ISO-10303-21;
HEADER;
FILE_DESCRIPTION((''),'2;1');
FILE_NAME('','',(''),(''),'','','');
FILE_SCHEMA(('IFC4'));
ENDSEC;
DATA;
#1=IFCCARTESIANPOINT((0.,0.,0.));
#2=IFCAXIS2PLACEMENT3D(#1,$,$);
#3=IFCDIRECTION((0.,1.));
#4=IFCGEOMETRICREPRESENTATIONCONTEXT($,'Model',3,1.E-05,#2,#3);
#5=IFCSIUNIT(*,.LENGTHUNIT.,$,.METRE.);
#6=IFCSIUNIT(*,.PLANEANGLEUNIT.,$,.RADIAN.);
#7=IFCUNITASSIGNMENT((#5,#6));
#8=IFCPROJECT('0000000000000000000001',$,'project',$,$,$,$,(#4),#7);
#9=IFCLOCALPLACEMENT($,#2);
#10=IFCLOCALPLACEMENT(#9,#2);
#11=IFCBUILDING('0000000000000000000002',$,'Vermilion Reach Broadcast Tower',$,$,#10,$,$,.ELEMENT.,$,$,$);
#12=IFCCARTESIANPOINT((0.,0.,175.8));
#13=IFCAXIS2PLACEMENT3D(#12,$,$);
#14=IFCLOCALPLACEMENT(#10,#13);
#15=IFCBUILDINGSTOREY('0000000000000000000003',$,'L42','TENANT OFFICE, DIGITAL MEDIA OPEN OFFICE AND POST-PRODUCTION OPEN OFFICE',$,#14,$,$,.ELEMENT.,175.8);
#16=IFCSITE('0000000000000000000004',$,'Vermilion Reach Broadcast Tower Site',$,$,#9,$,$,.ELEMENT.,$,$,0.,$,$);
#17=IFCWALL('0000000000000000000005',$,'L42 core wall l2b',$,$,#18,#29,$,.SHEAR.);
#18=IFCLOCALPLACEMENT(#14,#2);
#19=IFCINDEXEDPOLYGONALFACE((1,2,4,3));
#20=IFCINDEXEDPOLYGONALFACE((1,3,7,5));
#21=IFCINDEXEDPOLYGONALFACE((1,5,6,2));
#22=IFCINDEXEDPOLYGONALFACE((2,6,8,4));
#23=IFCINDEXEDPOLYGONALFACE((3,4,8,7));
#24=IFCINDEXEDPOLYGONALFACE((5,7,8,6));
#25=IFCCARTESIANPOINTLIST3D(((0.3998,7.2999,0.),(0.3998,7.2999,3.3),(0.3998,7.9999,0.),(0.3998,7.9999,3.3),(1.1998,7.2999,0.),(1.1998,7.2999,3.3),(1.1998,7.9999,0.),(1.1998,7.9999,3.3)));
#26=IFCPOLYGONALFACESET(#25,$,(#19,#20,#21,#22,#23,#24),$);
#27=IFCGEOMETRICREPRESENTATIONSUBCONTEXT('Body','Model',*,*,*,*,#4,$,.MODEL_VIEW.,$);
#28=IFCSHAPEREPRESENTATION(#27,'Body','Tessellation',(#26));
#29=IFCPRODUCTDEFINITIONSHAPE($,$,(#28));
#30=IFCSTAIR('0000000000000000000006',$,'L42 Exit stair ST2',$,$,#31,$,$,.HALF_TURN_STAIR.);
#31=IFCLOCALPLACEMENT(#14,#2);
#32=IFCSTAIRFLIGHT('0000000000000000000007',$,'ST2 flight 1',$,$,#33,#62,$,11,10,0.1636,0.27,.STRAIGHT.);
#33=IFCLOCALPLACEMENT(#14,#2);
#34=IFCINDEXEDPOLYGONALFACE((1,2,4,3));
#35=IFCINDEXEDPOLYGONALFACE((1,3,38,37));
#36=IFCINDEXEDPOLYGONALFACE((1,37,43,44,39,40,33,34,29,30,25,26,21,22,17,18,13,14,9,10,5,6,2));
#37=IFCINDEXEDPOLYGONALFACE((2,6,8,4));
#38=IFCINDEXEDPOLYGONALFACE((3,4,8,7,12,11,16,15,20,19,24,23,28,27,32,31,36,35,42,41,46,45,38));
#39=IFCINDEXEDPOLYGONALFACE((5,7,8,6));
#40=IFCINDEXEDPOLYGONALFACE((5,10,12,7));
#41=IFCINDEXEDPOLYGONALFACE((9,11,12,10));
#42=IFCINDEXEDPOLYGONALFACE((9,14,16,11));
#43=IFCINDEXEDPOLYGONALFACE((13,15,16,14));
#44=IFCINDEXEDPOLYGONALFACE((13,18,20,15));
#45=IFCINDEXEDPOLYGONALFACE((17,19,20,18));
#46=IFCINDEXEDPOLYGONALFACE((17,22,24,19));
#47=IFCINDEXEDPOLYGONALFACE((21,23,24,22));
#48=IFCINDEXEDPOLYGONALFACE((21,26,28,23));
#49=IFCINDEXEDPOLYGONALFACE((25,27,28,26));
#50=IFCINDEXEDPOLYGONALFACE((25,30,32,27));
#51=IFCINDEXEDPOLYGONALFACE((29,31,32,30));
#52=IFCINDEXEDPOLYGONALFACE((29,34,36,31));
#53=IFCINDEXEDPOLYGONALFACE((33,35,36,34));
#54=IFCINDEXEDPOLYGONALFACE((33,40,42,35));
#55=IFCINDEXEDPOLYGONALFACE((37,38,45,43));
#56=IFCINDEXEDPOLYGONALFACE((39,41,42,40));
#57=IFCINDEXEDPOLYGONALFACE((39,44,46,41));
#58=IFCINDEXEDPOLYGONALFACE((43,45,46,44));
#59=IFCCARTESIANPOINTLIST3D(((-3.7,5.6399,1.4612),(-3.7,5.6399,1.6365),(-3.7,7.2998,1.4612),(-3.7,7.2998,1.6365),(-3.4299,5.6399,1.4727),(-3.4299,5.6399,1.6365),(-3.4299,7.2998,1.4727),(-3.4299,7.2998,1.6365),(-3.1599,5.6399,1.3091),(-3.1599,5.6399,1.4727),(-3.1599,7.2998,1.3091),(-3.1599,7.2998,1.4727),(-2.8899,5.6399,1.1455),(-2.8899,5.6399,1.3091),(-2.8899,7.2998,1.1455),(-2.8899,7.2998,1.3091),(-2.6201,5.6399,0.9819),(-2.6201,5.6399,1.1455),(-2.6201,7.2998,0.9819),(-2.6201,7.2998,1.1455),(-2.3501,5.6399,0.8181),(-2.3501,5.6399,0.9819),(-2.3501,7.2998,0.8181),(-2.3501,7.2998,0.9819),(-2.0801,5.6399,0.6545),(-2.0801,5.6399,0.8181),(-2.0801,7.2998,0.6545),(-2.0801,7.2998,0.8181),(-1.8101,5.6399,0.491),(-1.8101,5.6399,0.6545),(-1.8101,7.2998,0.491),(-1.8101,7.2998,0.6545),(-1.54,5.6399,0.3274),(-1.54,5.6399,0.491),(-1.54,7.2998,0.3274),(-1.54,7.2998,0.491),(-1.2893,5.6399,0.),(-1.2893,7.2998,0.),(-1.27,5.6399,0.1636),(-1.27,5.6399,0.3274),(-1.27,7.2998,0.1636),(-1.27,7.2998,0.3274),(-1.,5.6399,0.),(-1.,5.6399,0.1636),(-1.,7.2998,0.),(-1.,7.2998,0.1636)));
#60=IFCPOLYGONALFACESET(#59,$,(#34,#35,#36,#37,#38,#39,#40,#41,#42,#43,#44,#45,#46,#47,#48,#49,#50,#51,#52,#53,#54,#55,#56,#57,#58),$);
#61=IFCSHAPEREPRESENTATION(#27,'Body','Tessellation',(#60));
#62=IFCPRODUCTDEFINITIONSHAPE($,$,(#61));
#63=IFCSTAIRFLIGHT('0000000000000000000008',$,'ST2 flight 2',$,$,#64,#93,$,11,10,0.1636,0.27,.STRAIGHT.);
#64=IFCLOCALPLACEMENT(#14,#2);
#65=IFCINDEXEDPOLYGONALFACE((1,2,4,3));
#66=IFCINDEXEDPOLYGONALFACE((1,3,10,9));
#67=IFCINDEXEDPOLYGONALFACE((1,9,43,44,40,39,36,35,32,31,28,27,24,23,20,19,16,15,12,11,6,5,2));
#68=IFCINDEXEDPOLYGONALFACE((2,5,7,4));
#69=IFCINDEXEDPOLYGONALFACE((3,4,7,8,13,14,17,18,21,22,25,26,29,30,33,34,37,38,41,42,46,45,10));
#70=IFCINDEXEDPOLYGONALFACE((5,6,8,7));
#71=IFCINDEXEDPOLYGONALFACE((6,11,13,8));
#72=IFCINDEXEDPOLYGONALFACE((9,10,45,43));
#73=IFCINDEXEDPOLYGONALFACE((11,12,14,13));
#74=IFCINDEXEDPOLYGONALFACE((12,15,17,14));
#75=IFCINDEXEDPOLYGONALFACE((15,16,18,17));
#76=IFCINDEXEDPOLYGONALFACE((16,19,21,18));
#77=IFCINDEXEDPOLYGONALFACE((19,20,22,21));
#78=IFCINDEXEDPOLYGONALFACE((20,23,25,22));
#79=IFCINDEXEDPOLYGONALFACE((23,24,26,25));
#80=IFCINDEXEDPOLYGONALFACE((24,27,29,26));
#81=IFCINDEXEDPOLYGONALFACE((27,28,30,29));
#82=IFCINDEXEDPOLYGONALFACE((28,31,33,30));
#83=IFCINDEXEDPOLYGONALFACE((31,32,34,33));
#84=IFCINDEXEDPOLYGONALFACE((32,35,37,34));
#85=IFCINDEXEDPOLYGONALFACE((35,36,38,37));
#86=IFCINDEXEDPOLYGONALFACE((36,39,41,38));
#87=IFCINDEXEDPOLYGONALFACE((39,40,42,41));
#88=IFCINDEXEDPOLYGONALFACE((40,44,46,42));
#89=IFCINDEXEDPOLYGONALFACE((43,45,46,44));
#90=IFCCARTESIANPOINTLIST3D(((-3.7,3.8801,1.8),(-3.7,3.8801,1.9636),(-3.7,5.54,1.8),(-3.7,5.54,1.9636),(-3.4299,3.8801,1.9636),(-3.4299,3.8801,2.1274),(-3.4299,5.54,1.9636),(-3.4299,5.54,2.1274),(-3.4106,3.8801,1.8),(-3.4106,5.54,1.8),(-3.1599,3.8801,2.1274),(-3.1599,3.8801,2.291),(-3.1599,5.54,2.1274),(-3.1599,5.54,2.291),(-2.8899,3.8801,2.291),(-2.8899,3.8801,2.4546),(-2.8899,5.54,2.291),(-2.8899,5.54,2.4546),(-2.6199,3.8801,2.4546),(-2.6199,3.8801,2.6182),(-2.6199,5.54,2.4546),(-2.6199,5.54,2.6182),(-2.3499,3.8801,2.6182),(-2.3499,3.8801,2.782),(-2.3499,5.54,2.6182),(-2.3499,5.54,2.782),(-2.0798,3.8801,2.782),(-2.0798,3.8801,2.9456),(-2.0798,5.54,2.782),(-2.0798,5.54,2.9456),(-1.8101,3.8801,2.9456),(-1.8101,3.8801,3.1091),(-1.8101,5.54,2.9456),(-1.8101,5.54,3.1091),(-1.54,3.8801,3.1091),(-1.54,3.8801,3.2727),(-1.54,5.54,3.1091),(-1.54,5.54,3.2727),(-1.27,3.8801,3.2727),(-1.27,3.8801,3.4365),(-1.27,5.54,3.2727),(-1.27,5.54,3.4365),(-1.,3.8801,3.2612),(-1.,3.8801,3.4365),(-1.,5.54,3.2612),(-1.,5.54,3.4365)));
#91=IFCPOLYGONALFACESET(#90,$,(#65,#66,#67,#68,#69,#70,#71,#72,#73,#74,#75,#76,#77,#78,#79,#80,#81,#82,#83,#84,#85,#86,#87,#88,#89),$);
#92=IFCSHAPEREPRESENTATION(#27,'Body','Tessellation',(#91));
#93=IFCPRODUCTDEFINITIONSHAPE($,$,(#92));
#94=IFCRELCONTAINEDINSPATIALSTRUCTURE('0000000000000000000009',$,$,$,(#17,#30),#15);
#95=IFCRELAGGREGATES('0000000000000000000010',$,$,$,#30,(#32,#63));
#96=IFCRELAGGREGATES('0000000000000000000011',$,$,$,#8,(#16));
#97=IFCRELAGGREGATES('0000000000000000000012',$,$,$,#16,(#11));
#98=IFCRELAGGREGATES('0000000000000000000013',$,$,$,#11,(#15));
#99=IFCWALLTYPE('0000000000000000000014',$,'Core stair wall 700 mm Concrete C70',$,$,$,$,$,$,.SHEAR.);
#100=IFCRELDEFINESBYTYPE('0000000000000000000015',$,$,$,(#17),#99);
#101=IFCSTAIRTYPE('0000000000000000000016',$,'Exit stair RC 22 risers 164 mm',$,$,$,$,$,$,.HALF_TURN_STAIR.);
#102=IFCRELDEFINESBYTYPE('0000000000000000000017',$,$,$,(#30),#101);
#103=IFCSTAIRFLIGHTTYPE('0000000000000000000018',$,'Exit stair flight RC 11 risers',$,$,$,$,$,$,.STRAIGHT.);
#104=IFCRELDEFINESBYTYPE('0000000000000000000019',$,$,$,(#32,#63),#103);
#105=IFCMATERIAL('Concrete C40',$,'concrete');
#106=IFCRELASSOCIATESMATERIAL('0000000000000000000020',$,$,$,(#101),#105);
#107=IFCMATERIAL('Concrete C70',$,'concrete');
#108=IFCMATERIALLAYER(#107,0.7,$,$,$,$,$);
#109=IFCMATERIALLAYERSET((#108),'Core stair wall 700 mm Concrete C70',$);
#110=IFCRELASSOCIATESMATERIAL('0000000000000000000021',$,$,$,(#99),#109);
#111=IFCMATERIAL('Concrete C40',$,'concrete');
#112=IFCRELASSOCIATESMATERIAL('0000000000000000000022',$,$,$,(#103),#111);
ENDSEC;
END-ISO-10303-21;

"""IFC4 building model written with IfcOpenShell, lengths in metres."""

from ifc_helpers import new_model, si_unit, direction, frame, frame_2d, origin, place, context, subcontext, project, spatial, polyline, rectangle, outline, extrude, material, layer, layer_set, type_object, element, aggregate, save


model = new_model("IFC4")

# Units and contexts
model_context = context("Model", 3, precision=1e-05, world=origin(), true_north=direction((0.0, 1.0)))
body_context = subcontext(model_context, "Body", "Model", "MODEL_VIEW")
ifc_project = project(units=[si_unit("LENGTHUNIT", "METRE"), si_unit("PLANEANGLEUNIT", "RADIAN")], contexts=[model_context])

# Site, building, storey
site_placement = place(None, origin())
site = spatial("IfcSite", under=ifc_project, at=site_placement, Name="Vermilion Reach Broadcast Tower Site", CompositionType="ELEMENT", RefElevation=0.0)
building_placement = place(site_placement, origin())
building = spatial("IfcBuilding", under=site, at=building_placement, Name="Vermilion Reach Broadcast Tower", CompositionType="ELEMENT")
storey_placement = place(building_placement, frame((0.0, 0.0, 175.8)))
storey = spatial("IfcBuildingStorey", under=building, at=storey_placement, Name="L42", Description="TENANT OFFICE, DIGITAL MEDIA OPEN OFFICE AND POST-PRODUCTION OPEN OFFICE", CompositionType="ELEMENT", Elevation=175.8)

# Shared definitions
ifc_material_1 = material(Name="Concrete C40", Category="concrete")
stair_type = type_object("IfcStairType", Name="Exit stair RC 22 risers 164 mm", PredefinedType="HALF_TURN_STAIR", material=ifc_material_1)
placement = place(storey_placement, origin())

# Wall
ifc_material_2 = material(Name="Concrete C70", Category="concrete")
ifc_layer_1 = layer(ifc_material_2, 0.7)
ifc_layer_set_1 = layer_set([ifc_layer_1], Name="Core stair wall 700 mm Concrete C70")
wall_type_1 = type_object("IfcWallType", Name="Core stair wall 700 mm Concrete C70", PredefinedType="SHEAR", material=ifc_layer_set_1)
wall_1_placement = place(storey_placement, frame((0.3999, 7.6499, 0.0), z_axis=(0.0, 0.0, 1.0), x_axis=(1.0, 0.0, 0.0)))
element("IfcWall", 1, at=wall_1_placement, inside=storey, type_object=wall_type_1, Name="L42 core wall l2b", PredefinedType="SHEAR", context=body_context, shape_type="SweptSolid", body=[
    extrude(rectangle(XDim=0.8, YDim=0.7, at=frame_2d((0.3999, 0.0))), origin(), (0.0, 0.0, 1.0), 3.3),
])

# Stair, stair flights
stair_1 = element("IfcStair", 2, at=placement, inside=storey, type_object=stair_type, Name="L42 Exit stair ST2", PredefinedType="HALF_TURN_STAIR")
ifc_material_3 = material(Name="Concrete C40", Category="concrete")
stair_flight_type = type_object("IfcStairFlightType", Name="Exit stair flight RC 11 risers", PredefinedType="STRAIGHT", material=ifc_material_3)
stair_flight_1_placement = place(storey_placement, frame((-1.0, 6.47, 0.0), z_axis=(0.0, 0.0, 1.0), x_axis=(-1.0, 0.0, 0.0)))
stair_flight_1 = element("IfcStairFlight", 3, at=stair_flight_1_placement, type_object=stair_flight_type, Name="ST2 flight 1", NumberOfRisers=11, NumberOfTreads=10, PredefinedType="STRAIGHT", RiserHeight=0.1636, TreadLength=0.27, context=body_context, shape_type="SweptSolid", body=[
    extrude(outline(polyline([(0.0, 0.0), (0.0, 0.1636), (0.27, 0.1636), (0.27, 0.3274), (0.54, 0.3274), (0.54, 0.491), (0.8101, 0.491), (0.8101, 0.6545), (1.0801, 0.6545), (1.0801, 0.8181), (1.3501, 0.8181), (1.3501, 0.9819), (1.6201, 0.9819), (1.6201, 1.1455), (1.8899, 1.1455), (1.8899, 1.3091), (2.1599, 1.3091), (2.1599, 1.4727), (2.4299, 1.4727), (2.4299, 1.6365), (2.7, 1.6365), (2.7, 1.8), (2.7, 1.4612), (0.2893, 0.0), (0.0, 0.0)])), frame((0.0, 0.8301, 0.0), z_axis=(0.0, -1.0, 0.0), x_axis=(1.0, 0.0, 0.0)), (0.0, 0.0, 1.0), 1.6599),
])
stair_flight_2_placement = place(storey_placement, frame((-3.7, 4.71, 1.8), z_axis=(0.0, 0.0, 1.0), x_axis=(1.0, 0.0, 0.0)))
stair_flight_2 = element("IfcStairFlight", 4, at=stair_flight_2_placement, type_object=stair_flight_type, Name="ST2 flight 2", NumberOfRisers=11, NumberOfTreads=10, PredefinedType="STRAIGHT", RiserHeight=0.1636, TreadLength=0.27, context=body_context, shape_type="SweptSolid", body=[
    extrude(outline(polyline([(0.0, 0.0), (0.0, 0.1636), (0.27, 0.1636), (0.27, 0.3274), (0.54, 0.3274), (0.54, 0.491), (0.8101, 0.491), (0.8101, 0.6545), (1.0801, 0.6545), (1.0801, 0.8181), (1.3501, 0.8181), (1.3501, 0.9819), (1.6201, 0.9819), (1.6201, 1.1455), (1.8899, 1.1455), (1.8899, 1.3091), (2.1599, 1.3091), (2.1599, 1.4727), (2.4299, 1.4727), (2.4299, 1.6365), (2.7, 1.6365), (2.7, 1.8), (2.7, 1.4612), (0.2893, 0.0), (0.0, 0.0)])), frame((0.0, 0.8301, 0.0), z_axis=(0.0, -1.0, 0.0), x_axis=(1.0, 0.0, 0.0)), (0.0, 0.0, 1.0), 1.6599),
])
aggregate(stair_1, [stair_flight_1, stair_flight_2])

save(model, "model.ifc")
